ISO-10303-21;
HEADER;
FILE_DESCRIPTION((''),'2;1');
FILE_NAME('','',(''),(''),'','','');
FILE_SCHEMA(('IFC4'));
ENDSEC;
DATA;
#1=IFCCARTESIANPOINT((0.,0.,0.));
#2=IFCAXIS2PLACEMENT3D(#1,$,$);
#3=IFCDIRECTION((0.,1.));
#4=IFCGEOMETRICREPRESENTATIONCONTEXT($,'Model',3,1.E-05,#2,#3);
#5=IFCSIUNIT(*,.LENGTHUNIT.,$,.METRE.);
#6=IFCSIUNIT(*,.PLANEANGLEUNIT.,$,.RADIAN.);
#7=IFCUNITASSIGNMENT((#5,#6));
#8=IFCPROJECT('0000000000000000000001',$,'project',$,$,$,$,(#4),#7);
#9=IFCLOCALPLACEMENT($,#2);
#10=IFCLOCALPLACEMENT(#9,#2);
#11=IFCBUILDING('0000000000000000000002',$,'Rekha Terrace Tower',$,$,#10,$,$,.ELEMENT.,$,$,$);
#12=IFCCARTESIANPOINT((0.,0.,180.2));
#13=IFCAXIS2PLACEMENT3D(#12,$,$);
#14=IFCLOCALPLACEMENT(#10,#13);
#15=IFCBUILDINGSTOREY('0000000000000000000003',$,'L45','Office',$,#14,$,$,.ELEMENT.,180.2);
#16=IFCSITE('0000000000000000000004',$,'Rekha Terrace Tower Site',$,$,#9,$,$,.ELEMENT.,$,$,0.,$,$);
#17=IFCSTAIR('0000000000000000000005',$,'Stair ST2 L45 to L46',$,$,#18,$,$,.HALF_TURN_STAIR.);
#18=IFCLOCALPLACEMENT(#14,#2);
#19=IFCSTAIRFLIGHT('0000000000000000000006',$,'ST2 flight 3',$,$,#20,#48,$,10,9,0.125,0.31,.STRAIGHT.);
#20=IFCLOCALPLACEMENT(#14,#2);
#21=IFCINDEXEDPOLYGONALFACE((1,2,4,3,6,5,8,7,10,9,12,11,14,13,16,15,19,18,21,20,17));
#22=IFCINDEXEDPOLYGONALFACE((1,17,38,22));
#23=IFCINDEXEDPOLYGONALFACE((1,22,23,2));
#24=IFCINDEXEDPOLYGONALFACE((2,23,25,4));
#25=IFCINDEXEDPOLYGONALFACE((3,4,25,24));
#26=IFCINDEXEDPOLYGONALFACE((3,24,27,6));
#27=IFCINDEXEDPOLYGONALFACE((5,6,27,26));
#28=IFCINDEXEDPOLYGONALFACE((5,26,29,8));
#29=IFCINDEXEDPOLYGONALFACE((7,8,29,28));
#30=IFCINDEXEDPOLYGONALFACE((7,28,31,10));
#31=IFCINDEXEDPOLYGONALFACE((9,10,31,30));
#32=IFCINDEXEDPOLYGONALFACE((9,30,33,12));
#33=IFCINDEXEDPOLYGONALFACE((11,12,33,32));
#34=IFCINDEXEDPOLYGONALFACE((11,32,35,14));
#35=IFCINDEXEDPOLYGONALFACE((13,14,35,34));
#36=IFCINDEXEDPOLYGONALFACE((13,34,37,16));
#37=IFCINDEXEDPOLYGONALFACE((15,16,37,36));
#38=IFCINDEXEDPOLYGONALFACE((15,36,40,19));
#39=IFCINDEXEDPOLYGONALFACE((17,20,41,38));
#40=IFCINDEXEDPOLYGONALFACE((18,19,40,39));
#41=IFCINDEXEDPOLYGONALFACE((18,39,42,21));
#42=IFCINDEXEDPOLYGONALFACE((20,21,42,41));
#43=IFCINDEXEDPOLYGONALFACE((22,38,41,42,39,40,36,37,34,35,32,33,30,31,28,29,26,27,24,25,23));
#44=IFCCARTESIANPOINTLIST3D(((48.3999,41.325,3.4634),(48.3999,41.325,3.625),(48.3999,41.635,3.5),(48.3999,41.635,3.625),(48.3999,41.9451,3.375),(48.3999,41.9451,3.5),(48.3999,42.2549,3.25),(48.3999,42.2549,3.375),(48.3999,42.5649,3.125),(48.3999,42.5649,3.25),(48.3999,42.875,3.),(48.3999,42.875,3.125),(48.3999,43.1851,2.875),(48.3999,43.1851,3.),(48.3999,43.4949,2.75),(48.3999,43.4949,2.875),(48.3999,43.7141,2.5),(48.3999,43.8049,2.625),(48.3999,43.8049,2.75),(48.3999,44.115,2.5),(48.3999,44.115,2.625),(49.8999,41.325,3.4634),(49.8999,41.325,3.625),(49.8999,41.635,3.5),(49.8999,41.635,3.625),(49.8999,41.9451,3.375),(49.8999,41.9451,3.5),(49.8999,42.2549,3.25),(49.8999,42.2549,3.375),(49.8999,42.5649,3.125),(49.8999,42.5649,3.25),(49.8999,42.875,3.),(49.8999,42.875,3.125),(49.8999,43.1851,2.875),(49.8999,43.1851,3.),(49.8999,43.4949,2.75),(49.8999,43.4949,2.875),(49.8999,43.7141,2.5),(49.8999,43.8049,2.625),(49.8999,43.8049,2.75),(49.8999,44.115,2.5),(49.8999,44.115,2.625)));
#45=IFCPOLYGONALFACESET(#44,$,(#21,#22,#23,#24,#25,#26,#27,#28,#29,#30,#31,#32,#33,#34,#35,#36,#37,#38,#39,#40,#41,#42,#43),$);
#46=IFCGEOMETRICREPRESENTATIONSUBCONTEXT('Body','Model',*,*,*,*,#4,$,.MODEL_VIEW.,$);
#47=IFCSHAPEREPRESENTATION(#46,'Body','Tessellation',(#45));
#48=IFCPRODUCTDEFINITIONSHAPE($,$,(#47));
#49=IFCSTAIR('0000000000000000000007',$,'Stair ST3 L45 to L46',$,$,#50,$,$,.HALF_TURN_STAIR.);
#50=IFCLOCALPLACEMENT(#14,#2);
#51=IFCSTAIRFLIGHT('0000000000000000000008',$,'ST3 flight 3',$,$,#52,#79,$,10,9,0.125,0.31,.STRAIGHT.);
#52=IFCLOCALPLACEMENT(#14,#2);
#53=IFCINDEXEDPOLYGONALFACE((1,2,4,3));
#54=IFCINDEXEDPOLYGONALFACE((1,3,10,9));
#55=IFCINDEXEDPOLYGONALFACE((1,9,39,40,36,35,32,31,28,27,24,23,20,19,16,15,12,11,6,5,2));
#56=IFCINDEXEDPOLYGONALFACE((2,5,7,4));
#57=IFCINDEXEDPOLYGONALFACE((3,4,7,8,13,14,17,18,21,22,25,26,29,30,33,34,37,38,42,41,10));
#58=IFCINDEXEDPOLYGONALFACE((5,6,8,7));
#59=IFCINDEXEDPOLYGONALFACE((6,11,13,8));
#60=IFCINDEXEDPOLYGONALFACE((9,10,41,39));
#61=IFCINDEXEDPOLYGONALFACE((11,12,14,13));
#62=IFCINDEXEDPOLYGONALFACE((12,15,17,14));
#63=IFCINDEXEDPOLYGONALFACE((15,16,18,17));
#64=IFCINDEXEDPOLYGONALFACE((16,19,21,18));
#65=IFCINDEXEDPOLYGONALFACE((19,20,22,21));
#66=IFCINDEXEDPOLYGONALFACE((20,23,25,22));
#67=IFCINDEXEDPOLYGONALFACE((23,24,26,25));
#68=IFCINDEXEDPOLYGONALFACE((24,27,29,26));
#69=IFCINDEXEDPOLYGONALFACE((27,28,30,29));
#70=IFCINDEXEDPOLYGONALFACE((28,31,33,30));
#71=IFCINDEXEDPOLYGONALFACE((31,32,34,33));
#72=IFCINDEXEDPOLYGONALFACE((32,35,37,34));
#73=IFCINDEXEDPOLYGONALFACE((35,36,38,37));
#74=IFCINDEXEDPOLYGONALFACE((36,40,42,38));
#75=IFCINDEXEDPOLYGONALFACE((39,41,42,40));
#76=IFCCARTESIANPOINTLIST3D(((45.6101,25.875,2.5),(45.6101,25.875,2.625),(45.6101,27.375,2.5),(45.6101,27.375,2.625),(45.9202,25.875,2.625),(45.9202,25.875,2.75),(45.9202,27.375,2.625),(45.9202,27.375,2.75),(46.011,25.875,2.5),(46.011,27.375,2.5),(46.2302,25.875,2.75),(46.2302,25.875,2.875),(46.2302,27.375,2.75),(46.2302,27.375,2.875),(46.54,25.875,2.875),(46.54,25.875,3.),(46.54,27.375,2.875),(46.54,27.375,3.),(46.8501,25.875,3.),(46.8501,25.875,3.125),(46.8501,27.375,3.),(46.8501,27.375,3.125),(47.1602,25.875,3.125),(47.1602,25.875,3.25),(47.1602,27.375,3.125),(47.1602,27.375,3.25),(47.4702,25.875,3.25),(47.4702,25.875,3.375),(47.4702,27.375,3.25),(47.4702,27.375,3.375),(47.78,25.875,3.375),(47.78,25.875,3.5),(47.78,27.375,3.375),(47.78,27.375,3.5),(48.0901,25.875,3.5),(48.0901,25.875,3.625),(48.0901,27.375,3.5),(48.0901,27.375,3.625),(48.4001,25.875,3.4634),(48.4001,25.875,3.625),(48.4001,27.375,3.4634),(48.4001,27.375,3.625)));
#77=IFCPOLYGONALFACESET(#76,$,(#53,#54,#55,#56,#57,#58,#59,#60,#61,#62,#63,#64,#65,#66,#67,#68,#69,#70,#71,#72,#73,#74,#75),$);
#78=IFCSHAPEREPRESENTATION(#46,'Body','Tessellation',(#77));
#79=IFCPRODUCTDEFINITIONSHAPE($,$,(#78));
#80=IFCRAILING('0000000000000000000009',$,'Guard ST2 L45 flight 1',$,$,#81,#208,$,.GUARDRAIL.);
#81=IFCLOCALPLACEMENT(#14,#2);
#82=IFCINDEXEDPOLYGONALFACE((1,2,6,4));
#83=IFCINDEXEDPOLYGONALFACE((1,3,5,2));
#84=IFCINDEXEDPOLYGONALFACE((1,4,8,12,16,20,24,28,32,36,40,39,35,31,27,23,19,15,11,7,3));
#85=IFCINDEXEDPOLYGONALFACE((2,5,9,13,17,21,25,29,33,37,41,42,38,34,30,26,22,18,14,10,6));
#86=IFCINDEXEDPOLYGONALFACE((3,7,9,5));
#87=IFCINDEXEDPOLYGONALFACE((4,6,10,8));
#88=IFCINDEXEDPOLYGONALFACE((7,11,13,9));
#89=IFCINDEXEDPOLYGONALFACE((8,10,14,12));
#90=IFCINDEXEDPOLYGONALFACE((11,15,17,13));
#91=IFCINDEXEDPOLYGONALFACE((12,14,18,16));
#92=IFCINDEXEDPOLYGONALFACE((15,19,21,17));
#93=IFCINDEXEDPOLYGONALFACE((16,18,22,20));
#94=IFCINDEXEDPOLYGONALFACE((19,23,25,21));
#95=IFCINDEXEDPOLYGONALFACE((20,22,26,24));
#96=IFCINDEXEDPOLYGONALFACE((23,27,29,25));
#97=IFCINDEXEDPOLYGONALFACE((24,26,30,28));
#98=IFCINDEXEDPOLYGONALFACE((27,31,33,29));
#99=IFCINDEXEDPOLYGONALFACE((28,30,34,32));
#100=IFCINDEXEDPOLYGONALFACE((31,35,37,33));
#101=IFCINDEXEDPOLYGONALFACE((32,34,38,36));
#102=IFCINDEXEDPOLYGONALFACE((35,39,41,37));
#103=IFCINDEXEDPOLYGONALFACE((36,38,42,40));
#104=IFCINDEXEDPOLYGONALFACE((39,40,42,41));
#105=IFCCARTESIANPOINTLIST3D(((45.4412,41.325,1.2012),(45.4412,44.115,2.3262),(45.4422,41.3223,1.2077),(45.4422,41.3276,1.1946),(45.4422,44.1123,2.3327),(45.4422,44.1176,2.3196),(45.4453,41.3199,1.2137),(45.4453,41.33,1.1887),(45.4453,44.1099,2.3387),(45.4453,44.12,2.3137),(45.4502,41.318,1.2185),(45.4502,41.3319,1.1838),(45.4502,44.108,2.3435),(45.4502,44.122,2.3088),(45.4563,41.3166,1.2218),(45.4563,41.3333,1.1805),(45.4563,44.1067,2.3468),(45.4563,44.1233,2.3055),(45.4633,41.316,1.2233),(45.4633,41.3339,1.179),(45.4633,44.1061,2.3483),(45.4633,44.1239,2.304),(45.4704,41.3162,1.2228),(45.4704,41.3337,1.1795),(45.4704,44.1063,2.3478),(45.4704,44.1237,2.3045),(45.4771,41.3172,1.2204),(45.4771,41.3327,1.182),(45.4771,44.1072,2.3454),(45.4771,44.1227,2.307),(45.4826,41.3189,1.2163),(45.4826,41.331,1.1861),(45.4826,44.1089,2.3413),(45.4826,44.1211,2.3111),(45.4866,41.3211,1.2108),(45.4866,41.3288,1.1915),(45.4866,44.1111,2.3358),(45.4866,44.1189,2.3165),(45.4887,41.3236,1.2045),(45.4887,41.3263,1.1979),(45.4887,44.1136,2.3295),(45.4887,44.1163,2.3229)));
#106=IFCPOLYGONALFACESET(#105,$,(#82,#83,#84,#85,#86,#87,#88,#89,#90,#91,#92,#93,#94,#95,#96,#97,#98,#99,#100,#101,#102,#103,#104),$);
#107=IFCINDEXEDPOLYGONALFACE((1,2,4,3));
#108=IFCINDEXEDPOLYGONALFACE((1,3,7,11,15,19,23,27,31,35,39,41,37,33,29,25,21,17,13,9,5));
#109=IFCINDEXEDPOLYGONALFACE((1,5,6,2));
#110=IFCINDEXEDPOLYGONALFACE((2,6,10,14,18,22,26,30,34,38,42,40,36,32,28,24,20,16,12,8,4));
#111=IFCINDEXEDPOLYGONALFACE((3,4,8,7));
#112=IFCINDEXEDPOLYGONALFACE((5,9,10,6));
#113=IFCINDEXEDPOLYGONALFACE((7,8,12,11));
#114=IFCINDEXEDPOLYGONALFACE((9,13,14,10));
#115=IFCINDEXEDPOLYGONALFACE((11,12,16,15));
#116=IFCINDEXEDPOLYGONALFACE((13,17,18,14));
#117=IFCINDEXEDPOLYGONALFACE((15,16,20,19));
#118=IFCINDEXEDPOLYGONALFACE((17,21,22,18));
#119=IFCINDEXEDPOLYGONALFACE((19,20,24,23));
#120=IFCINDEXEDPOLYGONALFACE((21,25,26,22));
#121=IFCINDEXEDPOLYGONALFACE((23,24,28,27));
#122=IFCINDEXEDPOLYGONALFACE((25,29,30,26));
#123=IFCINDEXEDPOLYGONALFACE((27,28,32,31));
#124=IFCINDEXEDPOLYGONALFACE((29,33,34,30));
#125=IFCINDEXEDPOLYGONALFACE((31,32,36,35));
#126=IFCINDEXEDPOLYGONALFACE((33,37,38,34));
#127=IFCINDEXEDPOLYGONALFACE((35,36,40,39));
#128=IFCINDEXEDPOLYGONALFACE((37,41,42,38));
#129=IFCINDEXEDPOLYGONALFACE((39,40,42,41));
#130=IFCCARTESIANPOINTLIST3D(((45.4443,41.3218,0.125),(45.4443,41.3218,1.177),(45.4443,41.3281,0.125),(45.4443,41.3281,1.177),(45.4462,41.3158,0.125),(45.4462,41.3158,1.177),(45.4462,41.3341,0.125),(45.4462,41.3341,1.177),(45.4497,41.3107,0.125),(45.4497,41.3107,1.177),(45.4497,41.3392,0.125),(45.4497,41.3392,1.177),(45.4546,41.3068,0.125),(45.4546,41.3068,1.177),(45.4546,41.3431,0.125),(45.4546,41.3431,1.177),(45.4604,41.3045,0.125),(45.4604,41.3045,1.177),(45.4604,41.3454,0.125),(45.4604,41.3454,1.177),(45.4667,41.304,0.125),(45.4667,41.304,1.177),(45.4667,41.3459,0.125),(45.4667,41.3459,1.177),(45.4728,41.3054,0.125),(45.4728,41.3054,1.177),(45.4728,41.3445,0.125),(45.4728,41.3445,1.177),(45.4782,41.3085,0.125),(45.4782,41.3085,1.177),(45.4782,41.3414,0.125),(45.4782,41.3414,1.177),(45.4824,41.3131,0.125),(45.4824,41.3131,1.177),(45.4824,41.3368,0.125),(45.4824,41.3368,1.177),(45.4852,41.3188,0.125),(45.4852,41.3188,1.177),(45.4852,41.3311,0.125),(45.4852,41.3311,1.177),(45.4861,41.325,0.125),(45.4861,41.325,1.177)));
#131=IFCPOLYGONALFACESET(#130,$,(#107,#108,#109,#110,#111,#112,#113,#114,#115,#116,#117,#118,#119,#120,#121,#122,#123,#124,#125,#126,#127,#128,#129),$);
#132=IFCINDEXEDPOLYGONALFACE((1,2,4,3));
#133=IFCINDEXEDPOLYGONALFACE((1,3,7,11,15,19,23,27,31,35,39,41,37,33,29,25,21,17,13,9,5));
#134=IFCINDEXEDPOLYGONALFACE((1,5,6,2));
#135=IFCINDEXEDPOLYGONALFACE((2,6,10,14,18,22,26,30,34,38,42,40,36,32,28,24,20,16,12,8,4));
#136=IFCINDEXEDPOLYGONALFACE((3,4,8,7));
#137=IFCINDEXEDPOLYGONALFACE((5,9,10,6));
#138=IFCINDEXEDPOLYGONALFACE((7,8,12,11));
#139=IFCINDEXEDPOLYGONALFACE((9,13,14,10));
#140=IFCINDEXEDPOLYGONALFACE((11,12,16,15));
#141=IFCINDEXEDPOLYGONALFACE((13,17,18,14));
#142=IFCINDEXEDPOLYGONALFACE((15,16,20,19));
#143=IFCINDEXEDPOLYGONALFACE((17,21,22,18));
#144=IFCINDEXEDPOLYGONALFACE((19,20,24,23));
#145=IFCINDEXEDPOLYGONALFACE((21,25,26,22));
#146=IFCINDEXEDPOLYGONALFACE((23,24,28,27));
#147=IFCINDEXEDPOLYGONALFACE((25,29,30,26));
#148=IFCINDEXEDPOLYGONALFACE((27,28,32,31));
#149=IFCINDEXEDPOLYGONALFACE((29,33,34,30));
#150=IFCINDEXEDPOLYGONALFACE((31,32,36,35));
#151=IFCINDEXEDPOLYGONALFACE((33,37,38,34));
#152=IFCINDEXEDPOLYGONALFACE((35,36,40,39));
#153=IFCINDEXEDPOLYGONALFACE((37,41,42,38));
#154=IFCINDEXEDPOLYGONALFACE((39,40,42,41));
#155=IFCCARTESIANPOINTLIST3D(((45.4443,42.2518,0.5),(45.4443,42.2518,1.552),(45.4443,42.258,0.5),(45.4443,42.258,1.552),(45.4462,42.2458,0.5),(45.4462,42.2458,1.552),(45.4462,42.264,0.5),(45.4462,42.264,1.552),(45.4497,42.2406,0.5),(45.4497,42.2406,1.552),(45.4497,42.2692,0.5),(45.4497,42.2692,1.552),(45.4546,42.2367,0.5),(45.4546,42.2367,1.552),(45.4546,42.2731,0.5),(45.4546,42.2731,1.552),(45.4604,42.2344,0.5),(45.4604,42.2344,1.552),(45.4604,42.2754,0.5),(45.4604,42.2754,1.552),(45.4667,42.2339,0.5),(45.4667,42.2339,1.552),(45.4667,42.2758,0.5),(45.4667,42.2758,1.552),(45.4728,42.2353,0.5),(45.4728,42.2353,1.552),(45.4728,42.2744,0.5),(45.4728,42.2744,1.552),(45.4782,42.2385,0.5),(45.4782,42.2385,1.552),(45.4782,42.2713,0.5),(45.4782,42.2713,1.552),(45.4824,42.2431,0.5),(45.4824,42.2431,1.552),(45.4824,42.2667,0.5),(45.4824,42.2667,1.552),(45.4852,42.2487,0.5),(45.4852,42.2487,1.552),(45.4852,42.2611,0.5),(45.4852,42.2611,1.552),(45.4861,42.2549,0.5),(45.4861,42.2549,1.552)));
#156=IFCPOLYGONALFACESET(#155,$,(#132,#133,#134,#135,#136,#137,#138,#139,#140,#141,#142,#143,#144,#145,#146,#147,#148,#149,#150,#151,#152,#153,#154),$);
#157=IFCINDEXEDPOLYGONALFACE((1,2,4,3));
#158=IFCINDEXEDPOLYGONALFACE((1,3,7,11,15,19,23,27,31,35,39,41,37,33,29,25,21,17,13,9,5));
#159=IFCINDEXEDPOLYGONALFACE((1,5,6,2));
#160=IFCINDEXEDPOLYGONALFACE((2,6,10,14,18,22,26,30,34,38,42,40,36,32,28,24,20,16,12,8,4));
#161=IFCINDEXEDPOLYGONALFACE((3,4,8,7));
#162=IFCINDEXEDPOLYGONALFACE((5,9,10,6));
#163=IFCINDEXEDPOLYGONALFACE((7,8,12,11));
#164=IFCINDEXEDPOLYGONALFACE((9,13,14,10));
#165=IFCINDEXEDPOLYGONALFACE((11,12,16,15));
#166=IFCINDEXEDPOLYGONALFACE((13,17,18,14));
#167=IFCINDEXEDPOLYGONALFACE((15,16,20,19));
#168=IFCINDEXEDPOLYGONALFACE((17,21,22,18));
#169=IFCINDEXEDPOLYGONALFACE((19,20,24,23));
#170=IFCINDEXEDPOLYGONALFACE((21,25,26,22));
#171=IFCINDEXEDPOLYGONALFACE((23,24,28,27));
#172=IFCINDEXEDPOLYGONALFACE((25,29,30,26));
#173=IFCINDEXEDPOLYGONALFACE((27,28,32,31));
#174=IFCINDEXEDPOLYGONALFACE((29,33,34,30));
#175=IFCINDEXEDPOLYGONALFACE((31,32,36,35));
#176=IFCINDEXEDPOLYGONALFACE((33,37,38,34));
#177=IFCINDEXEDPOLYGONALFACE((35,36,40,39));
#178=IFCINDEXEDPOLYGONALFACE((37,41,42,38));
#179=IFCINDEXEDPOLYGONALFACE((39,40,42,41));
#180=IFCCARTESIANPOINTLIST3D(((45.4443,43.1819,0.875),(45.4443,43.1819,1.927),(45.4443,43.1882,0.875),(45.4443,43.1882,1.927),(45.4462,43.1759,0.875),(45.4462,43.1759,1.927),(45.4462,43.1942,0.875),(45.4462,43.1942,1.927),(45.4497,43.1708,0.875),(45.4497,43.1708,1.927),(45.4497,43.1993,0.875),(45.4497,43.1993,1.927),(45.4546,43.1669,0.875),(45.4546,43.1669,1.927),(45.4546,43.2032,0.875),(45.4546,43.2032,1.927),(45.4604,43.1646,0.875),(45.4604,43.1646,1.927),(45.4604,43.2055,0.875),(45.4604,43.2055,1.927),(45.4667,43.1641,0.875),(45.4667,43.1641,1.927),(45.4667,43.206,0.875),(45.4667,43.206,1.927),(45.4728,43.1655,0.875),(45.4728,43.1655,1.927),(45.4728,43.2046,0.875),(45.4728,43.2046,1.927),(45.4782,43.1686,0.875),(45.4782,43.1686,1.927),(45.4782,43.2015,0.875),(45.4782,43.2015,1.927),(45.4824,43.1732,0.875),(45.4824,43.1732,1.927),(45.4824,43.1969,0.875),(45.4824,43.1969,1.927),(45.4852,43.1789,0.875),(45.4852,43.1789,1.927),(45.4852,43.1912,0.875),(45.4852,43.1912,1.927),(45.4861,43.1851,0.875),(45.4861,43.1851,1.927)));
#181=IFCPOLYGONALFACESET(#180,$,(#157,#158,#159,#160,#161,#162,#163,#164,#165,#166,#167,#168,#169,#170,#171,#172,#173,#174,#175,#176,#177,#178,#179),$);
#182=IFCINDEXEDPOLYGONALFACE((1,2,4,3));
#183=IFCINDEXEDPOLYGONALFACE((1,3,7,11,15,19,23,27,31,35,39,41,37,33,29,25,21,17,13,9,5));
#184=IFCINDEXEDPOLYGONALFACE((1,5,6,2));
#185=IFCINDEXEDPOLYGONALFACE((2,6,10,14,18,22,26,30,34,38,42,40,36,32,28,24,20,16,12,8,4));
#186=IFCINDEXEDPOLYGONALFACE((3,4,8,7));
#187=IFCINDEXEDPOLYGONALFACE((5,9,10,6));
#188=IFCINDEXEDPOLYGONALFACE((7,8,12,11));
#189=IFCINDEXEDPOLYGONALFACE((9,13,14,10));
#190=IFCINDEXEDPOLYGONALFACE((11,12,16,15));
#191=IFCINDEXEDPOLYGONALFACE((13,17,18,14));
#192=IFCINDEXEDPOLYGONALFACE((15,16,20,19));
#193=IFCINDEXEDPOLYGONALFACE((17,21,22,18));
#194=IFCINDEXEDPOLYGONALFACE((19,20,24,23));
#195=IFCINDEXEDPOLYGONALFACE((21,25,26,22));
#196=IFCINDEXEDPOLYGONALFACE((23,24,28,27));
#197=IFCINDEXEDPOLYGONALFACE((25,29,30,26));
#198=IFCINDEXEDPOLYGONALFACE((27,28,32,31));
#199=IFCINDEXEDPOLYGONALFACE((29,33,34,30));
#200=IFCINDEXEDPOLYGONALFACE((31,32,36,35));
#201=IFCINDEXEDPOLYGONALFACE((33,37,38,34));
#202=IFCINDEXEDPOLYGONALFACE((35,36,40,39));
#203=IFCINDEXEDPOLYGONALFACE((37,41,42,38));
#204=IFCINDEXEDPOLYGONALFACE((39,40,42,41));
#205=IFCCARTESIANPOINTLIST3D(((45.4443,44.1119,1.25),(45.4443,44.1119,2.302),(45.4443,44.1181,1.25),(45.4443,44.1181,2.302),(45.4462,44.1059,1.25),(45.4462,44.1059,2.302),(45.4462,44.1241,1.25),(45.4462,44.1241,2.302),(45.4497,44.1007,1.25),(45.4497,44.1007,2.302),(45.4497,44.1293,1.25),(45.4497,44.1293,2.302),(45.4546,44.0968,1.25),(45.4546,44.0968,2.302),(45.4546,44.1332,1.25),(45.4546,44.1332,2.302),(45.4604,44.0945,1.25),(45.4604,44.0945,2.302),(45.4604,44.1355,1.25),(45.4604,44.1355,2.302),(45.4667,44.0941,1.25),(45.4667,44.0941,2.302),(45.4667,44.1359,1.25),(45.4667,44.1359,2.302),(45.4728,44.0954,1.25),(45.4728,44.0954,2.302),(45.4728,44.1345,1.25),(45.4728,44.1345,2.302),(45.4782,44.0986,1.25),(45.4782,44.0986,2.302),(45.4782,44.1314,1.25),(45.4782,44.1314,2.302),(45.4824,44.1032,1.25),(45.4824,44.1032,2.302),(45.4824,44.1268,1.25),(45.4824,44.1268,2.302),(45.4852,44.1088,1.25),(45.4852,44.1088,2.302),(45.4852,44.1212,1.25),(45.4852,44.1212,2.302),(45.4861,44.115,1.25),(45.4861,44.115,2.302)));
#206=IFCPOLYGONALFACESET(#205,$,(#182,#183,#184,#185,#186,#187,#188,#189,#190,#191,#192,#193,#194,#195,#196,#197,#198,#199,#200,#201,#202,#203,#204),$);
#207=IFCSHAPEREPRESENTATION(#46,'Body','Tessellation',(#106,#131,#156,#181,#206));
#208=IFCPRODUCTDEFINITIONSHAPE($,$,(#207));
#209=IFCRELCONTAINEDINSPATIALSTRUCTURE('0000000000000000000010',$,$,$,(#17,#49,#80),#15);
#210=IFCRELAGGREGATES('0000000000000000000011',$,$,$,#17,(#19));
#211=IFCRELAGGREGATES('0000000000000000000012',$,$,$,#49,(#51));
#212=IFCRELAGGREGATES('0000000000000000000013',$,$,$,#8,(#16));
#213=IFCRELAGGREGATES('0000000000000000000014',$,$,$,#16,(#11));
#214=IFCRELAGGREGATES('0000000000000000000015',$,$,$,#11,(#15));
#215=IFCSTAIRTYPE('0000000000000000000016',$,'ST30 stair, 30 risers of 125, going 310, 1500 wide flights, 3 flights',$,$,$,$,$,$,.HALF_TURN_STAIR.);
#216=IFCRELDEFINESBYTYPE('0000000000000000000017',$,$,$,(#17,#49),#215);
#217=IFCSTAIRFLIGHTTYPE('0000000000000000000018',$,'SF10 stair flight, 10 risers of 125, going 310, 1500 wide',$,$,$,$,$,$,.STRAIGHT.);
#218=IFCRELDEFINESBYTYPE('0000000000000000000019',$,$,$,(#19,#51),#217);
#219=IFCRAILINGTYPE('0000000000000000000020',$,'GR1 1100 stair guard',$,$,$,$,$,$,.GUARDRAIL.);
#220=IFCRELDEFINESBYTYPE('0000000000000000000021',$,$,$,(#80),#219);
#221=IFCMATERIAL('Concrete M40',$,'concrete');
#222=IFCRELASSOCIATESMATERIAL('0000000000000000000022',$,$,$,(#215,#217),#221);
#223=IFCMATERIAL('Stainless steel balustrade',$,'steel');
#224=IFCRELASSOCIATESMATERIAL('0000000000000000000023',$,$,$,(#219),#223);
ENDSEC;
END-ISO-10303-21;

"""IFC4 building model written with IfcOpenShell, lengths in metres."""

from ifc_helpers import new_model, si_unit, direction, frame, origin, origin_2d, place, context, subcontext, project, spatial, polyline, circle, outline, extrude, material, type_object, element, aggregate, save


model = new_model("IFC4")

# Units and contexts
model_context = context("Model", 3, precision=1e-05, world=origin(), true_north=direction((0.0, 1.0)))
body_context = subcontext(model_context, "Body", "Model", "MODEL_VIEW")
ifc_project = project(units=[si_unit("LENGTHUNIT", "METRE"), si_unit("PLANEANGLEUNIT", "RADIAN")], contexts=[model_context])

# Site, building, storey
site_placement = place(None, origin())
site = spatial("IfcSite", under=ifc_project, at=site_placement, Name="Rekha Terrace Tower Site", CompositionType="ELEMENT", RefElevation=0.0)
building_placement = place(site_placement, origin())
building = spatial("IfcBuilding", under=site, at=building_placement, Name="Rekha Terrace Tower", CompositionType="ELEMENT")
storey_placement = place(building_placement, frame((0.0, 0.0, 180.2)))
storey = spatial("IfcBuildingStorey", under=building, at=storey_placement, Name="L45", Description="Office", CompositionType="ELEMENT", Elevation=180.2)

# Stair, stair flight
ifc_material_1 = material(Name="Concrete M40", Category="concrete")
stair_type = type_object("IfcStairType", Name="ST30 stair, 30 risers of 125, going 310, 1500 wide flights, 3 flights", PredefinedType="HALF_TURN_STAIR", material=ifc_material_1)
stair_1_placement = place(storey_placement, origin())
stair_1 = element("IfcStair", 1, at=stair_1_placement, inside=storey, type_object=stair_type, Name="Stair ST2 L45 to L46", PredefinedType="HALF_TURN_STAIR")
stair_flight_type = type_object("IfcStairFlightType", Name="SF10 stair flight, 10 risers of 125, going 310, 1500 wide", PredefinedType="STRAIGHT", material=ifc_material_1)
stair_flight_1_placement = place(storey_placement, frame((49.1499, 44.115, 2.5), z_axis=(0.0, 0.0, 1.0), x_axis=(0.0, -1.0, 0.0)))
stair_flight_1 = element("IfcStairFlight", 2, at=stair_flight_1_placement, type_object=stair_flight_type, Name="ST2 flight 3", NumberOfRisers=10, NumberOfTreads=9, PredefinedType="STRAIGHT", RiserHeight=0.125, TreadLength=0.31, context=body_context, shape_type="SweptSolid", body=[
    extrude(outline(polyline([(0.0, 0.0), (0.0, 0.125), (0.3101, 0.125), (0.3101, 0.25), (0.6201, 0.25), (0.6201, 0.375), (0.9299, 0.375), (0.9299, 0.5), (1.24, 0.5), (1.24, 0.625), (1.55, 0.625), (1.55, 0.75), (1.8601, 0.75), (1.8601, 0.875), (2.1699, 0.875), (2.1699, 1.0), (2.48, 1.0), (2.48, 1.125), (2.79, 1.125), (2.79, 1.25), (2.79, 0.9634), (0.4009, 0.0), (0.0, 0.0)])), frame((0.0, 0.75, 0.0), z_axis=(0.0, -1.0, 0.0), x_axis=(1.0, 0.0, 0.0)), (0.0, 0.0, 1.0), 1.5),
])
aggregate(stair_1, [stair_flight_1])

# Stair, stair flight
stair_2_placement = place(storey_placement, origin())
stair_2 = element("IfcStair", 3, at=stair_2_placement, inside=storey, type_object=stair_type, Name="Stair ST3 L45 to L46", PredefinedType="HALF_TURN_STAIR")
stair_flight_2_placement = place(storey_placement, frame((45.6101, 26.625, 2.5), z_axis=(0.0, 0.0, 1.0), x_axis=(1.0, 0.0, 0.0)))
stair_flight_2 = element("IfcStairFlight", 4, at=stair_flight_2_placement, type_object=stair_flight_type, Name="ST3 flight 3", NumberOfRisers=10, NumberOfTreads=9, PredefinedType="STRAIGHT", RiserHeight=0.125, TreadLength=0.31, context=body_context, shape_type="SweptSolid", body=[
    extrude(outline(polyline([(0.0, 0.0), (0.0, 0.125), (0.3101, 0.125), (0.3101, 0.25), (0.6201, 0.25), (0.6201, 0.375), (0.9299, 0.375), (0.9299, 0.5), (1.24, 0.5), (1.24, 0.625), (1.55, 0.625), (1.55, 0.75), (1.8601, 0.75), (1.8601, 0.875), (2.1699, 0.875), (2.1699, 1.0), (2.48, 1.0), (2.48, 1.125), (2.79, 1.125), (2.79, 1.25), (2.79, 0.9634), (0.4009, 0.0), (0.0, 0.0)])), frame((0.0, 0.75, 0.0), z_axis=(0.0, -1.0, 0.0), x_axis=(1.0, 0.0, 0.0)), (0.0, 0.0, 1.0), 1.5),
])
aggregate(stair_2, [stair_flight_2])

# Railing
ifc_material_2 = material(Name="Stainless steel balustrade", Category="steel")
railing_type_1 = type_object("IfcRailingType", Name="GR1 1100 stair guard", PredefinedType="GUARDRAIL", material=ifc_material_2)
railing_1_placement = place(storey_placement, frame((45.4651, 41.325, 0.125)))
element("IfcRailing", 5, at=railing_1_placement, inside=storey, type_object=railing_type_1, Name="Guard ST2 L45 flight 1", PredefinedType="GUARDRAIL", context=body_context, shape_type="SweptSolid", body=[
    extrude(circle(Radius=0.0239, at=origin_2d()), frame((0.0, 0.0, 1.0762), z_axis=(0.0, 0.927443, 0.373964), x_axis=(-1.0, 0.0, 0.0)), (0.0, 0.0, 1.0), 3.0083),
    extrude(circle(Radius=0.021, at=origin_2d()), origin(), (0.0, 0.0, 1.0), 1.052),
    extrude(circle(Radius=0.021, at=origin_2d()), frame((0.0, 0.9299, 0.375)), (0.0, 0.0, 1.0), 1.052),
    extrude(circle(Radius=0.021, at=origin_2d()), frame((0.0, 1.8601, 0.75)), (0.0, 0.0, 1.0), 1.052),
    extrude(circle(Radius=0.021, at=origin_2d()), frame((0.0, 2.79, 1.125)), (0.0, 0.0, 1.0), 1.052),
])

save(model, "model.ifc")
